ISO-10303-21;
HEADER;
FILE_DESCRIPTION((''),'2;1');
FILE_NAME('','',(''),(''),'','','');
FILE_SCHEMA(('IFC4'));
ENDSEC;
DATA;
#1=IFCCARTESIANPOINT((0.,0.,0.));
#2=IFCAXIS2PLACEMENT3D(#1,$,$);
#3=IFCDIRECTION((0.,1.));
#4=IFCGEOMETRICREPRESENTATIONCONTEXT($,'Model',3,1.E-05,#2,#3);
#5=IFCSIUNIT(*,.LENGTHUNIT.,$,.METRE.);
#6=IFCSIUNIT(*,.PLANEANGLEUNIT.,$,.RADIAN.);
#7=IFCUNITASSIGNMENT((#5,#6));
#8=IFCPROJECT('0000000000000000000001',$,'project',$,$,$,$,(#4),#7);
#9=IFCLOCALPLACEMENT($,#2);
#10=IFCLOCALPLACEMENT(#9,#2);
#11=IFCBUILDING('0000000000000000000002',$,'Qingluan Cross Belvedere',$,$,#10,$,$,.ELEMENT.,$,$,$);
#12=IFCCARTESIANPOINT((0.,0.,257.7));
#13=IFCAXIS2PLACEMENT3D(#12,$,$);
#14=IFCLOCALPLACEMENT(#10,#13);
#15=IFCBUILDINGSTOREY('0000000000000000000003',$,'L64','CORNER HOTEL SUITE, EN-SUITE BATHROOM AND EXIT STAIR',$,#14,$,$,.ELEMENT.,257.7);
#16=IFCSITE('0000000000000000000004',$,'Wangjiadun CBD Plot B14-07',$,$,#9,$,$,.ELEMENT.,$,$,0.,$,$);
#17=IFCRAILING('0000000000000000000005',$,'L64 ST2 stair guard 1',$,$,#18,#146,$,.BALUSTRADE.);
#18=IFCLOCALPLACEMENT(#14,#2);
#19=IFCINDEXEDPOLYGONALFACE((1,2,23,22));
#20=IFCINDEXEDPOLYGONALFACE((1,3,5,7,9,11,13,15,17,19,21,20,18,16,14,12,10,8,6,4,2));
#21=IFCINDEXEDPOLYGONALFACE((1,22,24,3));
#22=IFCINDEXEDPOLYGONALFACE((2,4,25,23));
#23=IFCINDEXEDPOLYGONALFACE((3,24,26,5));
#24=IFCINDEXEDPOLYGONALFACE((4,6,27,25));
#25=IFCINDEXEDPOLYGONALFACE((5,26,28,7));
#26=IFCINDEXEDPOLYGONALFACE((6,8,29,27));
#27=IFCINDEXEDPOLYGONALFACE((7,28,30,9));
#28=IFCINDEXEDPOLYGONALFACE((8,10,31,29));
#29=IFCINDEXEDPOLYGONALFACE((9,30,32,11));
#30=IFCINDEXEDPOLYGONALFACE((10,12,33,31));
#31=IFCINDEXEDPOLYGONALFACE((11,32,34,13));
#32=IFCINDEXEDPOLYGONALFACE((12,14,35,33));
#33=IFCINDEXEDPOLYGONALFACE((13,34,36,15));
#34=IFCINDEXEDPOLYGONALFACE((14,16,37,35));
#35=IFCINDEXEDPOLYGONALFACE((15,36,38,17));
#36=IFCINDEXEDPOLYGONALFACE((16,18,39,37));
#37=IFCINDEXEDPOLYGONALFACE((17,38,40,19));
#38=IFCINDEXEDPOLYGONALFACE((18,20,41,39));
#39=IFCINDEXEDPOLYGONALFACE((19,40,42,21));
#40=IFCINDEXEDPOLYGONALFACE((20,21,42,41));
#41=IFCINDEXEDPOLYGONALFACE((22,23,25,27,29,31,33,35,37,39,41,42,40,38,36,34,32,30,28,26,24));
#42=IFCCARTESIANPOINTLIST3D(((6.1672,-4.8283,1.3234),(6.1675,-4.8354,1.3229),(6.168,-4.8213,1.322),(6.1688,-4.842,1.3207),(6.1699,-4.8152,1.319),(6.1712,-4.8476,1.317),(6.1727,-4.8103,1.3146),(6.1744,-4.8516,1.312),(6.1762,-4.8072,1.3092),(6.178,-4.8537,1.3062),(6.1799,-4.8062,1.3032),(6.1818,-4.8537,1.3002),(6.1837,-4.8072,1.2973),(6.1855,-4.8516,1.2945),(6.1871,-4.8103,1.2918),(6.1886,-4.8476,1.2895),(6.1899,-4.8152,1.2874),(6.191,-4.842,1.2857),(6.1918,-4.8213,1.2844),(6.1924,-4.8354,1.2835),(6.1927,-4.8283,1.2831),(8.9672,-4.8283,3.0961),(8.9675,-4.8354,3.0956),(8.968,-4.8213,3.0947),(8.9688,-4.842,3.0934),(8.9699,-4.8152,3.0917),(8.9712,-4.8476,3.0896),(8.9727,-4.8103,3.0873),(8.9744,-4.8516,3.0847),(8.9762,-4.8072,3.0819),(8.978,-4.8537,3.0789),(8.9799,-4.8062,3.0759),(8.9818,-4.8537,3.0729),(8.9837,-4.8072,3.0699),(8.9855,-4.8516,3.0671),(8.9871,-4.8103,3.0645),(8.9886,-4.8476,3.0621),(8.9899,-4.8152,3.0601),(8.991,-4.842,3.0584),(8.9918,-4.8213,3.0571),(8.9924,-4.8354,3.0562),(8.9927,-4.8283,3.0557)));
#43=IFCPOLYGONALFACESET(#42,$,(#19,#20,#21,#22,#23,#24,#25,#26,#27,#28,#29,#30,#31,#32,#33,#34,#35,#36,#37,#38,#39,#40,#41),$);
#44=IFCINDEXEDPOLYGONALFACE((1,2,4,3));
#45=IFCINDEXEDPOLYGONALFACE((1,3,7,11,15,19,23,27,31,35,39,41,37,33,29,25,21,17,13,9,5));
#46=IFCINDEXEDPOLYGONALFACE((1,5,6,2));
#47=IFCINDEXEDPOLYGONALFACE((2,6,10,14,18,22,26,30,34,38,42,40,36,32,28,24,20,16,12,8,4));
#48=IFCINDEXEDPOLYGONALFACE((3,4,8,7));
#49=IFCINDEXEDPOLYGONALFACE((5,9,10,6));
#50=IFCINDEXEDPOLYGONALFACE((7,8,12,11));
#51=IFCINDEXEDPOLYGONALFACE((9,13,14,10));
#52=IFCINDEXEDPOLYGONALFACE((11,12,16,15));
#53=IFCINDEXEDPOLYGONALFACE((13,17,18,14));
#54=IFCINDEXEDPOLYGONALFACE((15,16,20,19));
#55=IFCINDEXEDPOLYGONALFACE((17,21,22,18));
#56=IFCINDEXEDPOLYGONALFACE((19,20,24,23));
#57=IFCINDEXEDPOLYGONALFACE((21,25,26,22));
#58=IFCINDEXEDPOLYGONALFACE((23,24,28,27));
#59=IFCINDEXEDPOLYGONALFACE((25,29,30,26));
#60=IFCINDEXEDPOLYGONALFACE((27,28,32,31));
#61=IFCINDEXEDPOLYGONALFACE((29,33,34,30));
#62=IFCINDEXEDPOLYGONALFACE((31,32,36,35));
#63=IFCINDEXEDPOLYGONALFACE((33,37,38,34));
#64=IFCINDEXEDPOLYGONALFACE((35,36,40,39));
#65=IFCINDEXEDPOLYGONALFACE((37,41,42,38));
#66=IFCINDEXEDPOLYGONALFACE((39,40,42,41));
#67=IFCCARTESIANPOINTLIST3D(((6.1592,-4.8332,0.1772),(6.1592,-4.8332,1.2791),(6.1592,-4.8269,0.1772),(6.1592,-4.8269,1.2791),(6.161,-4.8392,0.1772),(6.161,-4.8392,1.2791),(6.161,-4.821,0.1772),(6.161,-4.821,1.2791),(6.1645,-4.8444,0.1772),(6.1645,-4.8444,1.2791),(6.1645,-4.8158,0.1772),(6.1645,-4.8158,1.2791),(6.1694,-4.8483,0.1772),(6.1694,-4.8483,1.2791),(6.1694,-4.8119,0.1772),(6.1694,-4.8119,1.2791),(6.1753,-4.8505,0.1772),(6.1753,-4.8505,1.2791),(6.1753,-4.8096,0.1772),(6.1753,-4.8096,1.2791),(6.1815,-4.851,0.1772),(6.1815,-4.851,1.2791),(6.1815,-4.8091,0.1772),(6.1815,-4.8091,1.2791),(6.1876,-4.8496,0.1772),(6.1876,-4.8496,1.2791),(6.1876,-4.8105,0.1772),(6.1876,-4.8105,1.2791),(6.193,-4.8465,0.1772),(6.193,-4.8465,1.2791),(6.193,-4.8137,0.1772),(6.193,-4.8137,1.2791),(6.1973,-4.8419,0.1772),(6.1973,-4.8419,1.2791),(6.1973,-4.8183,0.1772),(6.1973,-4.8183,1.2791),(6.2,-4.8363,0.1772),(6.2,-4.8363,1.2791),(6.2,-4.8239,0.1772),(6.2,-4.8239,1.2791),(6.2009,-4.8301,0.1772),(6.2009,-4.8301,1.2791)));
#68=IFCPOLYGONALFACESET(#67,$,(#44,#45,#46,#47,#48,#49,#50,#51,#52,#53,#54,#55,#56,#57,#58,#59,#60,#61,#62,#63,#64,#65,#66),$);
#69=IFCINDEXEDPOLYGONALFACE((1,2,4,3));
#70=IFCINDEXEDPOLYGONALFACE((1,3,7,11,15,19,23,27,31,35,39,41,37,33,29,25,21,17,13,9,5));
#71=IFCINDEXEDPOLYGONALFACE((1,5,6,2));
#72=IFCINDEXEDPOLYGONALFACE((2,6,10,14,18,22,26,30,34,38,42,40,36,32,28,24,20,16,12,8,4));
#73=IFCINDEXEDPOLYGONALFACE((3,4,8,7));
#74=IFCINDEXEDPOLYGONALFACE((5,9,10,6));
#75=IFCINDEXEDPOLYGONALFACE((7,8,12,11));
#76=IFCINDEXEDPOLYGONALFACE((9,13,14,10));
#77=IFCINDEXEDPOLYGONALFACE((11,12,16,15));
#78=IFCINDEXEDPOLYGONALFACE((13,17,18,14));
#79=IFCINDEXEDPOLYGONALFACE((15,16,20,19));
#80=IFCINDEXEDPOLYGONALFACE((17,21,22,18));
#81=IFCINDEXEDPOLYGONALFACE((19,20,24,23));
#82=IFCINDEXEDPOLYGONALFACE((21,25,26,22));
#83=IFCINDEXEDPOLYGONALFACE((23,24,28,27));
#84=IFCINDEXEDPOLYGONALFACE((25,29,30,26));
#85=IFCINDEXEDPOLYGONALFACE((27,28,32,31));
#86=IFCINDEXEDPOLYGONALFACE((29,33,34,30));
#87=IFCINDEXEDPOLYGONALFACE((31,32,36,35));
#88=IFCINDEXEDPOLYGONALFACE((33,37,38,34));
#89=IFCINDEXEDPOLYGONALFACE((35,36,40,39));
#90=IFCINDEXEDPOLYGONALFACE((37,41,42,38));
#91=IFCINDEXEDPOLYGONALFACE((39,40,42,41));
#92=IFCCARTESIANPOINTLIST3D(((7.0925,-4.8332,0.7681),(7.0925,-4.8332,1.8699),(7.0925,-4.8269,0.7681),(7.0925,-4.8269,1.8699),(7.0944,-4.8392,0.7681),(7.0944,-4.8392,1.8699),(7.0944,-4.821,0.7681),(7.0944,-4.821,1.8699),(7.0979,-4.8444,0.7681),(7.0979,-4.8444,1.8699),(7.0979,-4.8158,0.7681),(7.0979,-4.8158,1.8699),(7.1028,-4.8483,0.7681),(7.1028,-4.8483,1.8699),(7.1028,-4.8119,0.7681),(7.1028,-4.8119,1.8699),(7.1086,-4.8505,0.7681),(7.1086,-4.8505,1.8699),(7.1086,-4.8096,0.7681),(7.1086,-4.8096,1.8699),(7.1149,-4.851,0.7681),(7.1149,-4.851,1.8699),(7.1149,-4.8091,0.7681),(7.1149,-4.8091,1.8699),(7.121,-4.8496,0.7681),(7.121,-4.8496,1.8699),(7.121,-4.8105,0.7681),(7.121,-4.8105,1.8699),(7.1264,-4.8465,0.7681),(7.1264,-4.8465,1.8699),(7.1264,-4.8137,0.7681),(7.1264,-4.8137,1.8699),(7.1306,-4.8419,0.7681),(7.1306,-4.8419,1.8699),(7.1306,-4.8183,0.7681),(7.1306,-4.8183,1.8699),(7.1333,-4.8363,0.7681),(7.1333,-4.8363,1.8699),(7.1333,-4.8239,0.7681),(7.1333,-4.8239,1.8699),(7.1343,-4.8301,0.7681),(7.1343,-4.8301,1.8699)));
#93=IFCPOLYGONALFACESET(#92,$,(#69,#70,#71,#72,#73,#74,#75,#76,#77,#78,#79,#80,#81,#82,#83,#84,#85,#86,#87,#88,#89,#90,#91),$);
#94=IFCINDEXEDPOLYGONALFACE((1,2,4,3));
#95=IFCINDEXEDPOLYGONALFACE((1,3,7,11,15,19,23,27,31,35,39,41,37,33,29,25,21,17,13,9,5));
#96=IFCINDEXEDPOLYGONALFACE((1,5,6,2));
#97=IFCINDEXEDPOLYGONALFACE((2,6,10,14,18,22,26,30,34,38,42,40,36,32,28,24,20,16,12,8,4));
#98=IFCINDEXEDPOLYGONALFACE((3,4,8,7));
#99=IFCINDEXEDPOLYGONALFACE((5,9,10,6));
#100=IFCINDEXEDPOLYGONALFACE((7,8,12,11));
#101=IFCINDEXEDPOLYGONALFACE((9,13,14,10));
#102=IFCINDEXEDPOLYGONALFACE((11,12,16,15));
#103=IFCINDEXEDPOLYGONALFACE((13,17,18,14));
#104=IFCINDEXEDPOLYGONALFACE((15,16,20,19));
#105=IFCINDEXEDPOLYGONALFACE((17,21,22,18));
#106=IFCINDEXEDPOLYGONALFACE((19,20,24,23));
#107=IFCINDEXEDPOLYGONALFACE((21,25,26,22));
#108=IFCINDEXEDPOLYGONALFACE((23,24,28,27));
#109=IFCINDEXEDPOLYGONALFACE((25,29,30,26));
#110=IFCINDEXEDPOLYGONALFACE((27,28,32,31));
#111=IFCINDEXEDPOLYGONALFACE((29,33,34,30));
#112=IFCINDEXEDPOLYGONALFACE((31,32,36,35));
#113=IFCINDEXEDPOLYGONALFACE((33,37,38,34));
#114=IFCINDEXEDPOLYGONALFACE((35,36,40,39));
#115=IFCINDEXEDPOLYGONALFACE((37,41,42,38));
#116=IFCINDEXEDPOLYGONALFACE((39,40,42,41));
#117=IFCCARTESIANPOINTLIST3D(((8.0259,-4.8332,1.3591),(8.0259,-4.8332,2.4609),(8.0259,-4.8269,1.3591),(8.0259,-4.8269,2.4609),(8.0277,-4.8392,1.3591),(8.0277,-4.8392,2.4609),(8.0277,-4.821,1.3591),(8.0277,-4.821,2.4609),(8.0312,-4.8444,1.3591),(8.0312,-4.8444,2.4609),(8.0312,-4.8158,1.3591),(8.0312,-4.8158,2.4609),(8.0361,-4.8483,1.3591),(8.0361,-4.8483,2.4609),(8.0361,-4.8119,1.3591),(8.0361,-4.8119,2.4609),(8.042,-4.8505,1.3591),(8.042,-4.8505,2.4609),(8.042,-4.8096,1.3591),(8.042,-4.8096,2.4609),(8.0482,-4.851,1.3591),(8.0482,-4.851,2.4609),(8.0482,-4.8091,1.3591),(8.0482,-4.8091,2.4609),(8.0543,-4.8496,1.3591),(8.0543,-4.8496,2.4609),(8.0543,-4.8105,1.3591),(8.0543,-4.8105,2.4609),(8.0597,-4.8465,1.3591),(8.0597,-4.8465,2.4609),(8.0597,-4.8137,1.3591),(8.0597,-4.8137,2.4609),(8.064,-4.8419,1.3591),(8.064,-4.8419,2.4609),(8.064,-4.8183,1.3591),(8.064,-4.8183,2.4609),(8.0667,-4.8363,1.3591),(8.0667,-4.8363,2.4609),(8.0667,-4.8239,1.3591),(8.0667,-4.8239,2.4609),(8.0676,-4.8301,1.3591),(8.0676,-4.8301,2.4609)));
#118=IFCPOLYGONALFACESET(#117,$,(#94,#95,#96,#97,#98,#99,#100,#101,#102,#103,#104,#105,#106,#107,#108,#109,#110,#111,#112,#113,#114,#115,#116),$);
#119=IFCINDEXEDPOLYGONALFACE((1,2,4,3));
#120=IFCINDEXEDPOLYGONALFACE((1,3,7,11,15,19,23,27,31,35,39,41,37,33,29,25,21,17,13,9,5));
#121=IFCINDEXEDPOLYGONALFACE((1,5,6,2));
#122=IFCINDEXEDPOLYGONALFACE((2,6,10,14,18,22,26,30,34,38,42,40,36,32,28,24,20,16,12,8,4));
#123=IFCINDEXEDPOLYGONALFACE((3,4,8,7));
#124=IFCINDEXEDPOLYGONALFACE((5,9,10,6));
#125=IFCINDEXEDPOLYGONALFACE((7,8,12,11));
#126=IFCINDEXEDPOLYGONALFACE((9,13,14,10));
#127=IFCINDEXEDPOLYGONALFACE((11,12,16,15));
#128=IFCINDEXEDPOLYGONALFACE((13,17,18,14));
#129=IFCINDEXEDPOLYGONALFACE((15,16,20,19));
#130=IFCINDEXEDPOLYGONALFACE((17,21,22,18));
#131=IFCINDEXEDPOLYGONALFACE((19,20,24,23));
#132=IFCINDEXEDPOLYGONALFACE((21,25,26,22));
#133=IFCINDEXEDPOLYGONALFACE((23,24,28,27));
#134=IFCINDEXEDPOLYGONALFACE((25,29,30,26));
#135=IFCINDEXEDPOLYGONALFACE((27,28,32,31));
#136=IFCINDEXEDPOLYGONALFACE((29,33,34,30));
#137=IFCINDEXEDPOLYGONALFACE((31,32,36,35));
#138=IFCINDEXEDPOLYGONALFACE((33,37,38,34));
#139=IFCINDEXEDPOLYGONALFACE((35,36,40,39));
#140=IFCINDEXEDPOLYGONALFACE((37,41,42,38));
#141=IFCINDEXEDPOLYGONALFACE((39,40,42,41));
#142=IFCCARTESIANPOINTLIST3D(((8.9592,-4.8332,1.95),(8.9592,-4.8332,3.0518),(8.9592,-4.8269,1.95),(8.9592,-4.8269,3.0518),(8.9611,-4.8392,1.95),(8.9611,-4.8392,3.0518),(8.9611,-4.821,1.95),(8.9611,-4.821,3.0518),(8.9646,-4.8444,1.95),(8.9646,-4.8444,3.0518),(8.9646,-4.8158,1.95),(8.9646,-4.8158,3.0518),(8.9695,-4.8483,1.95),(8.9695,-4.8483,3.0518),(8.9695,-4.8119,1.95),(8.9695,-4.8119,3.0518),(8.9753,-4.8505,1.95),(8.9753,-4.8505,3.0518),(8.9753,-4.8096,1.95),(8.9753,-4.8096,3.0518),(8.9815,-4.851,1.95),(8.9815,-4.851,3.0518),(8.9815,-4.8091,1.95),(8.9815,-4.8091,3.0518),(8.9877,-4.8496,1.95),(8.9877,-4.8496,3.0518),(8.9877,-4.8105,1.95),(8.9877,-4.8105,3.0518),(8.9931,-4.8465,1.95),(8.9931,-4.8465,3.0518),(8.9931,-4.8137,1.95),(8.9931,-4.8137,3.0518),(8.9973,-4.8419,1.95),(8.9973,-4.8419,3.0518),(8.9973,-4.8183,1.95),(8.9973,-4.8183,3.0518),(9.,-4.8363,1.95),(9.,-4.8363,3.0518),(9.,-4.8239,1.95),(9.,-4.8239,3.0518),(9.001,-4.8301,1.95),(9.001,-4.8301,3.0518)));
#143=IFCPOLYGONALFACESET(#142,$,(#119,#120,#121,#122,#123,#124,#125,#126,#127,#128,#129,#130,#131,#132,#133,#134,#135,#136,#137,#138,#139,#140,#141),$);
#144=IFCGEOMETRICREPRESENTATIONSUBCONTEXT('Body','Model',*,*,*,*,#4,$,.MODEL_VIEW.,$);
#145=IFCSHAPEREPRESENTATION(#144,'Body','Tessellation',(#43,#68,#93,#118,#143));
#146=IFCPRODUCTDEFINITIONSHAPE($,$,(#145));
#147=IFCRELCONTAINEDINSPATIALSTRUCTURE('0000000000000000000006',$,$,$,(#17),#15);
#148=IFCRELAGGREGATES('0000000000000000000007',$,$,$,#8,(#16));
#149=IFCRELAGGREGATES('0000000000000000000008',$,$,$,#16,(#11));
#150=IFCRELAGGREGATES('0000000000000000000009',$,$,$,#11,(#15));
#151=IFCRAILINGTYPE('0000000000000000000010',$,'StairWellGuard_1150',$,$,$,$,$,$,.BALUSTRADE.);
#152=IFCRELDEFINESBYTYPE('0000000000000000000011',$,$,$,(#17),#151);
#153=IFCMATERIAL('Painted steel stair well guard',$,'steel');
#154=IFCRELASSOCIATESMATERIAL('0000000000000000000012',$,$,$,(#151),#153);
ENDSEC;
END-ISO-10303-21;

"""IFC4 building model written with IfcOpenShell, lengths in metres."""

from ifc_helpers import new_model, si_unit, direction, frame, origin, origin_2d, place, context, subcontext, project, spatial, circle, extrude, material, type_object, element, save


model = new_model("IFC4")

# Units and contexts
model_context = context("Model", 3, precision=1e-05, world=origin(), true_north=direction((0.0, 1.0)))
body_context = subcontext(model_context, "Body", "Model", "MODEL_VIEW")
ifc_project = project(units=[si_unit("LENGTHUNIT", "METRE"), si_unit("PLANEANGLEUNIT", "RADIAN")], contexts=[model_context])

# Site, building, storey
site_placement = place(None, origin())
site = spatial("IfcSite", under=ifc_project, at=site_placement, Name="Wangjiadun CBD Plot B14-07", CompositionType="ELEMENT", RefElevation=0.0)
building_placement = place(site_placement, origin())
building = spatial("IfcBuilding", under=site, at=building_placement, Name="Qingluan Cross Belvedere", CompositionType="ELEMENT")
storey_placement = place(building_placement, frame((0.0, 0.0, 257.7)))
storey = spatial("IfcBuildingStorey", under=building, at=storey_placement, Name="L64", Description="CORNER HOTEL SUITE, EN-SUITE BATHROOM AND EXIT STAIR", CompositionType="ELEMENT", Elevation=257.7)

# Railing
ifc_material_1 = material(Name="Painted steel stair well guard", Category="steel")
railing_type_1 = type_object("IfcRailingType", Name="StairWellGuard_1150", PredefinedType="BALUSTRADE", material=ifc_material_1)
railing_1_placement = place(storey_placement, frame((6.1799, -4.8301, 0.1772)))
element("IfcRailing", 1, at=railing_1_placement, inside=storey, type_object=railing_type_1, Name="L64 ST2 stair guard 1", PredefinedType="BALUSTRADE", context=body_context, shape_type="SweptSolid", body=[
    extrude(circle(Radius=0.0239, at=origin_2d()), frame((0.0, 0.0, 1.126), z_axis=(0.844909, 0.0, 0.53491), x_axis=(0.0, 1.0, 0.0)), (0.0, 0.0, 1.0), 3.314),
    extrude(circle(Radius=0.021, at=origin_2d()), origin(), (0.0, 0.0, 1.0), 1.1018),
    extrude(circle(Radius=0.021, at=origin_2d()), frame((0.9333, 0.0, 0.5908)), (0.0, 0.0, 1.0), 1.1018),
    extrude(circle(Radius=0.021, at=origin_2d()), frame((1.8667, 0.0, 1.1819)), (0.0, 0.0, 1.0), 1.1018),
    extrude(circle(Radius=0.021, at=origin_2d()), frame((2.8, 0.0, 1.7727)), (0.0, 0.0, 1.0), 1.1018),
])

save(model, "model.ifc")
